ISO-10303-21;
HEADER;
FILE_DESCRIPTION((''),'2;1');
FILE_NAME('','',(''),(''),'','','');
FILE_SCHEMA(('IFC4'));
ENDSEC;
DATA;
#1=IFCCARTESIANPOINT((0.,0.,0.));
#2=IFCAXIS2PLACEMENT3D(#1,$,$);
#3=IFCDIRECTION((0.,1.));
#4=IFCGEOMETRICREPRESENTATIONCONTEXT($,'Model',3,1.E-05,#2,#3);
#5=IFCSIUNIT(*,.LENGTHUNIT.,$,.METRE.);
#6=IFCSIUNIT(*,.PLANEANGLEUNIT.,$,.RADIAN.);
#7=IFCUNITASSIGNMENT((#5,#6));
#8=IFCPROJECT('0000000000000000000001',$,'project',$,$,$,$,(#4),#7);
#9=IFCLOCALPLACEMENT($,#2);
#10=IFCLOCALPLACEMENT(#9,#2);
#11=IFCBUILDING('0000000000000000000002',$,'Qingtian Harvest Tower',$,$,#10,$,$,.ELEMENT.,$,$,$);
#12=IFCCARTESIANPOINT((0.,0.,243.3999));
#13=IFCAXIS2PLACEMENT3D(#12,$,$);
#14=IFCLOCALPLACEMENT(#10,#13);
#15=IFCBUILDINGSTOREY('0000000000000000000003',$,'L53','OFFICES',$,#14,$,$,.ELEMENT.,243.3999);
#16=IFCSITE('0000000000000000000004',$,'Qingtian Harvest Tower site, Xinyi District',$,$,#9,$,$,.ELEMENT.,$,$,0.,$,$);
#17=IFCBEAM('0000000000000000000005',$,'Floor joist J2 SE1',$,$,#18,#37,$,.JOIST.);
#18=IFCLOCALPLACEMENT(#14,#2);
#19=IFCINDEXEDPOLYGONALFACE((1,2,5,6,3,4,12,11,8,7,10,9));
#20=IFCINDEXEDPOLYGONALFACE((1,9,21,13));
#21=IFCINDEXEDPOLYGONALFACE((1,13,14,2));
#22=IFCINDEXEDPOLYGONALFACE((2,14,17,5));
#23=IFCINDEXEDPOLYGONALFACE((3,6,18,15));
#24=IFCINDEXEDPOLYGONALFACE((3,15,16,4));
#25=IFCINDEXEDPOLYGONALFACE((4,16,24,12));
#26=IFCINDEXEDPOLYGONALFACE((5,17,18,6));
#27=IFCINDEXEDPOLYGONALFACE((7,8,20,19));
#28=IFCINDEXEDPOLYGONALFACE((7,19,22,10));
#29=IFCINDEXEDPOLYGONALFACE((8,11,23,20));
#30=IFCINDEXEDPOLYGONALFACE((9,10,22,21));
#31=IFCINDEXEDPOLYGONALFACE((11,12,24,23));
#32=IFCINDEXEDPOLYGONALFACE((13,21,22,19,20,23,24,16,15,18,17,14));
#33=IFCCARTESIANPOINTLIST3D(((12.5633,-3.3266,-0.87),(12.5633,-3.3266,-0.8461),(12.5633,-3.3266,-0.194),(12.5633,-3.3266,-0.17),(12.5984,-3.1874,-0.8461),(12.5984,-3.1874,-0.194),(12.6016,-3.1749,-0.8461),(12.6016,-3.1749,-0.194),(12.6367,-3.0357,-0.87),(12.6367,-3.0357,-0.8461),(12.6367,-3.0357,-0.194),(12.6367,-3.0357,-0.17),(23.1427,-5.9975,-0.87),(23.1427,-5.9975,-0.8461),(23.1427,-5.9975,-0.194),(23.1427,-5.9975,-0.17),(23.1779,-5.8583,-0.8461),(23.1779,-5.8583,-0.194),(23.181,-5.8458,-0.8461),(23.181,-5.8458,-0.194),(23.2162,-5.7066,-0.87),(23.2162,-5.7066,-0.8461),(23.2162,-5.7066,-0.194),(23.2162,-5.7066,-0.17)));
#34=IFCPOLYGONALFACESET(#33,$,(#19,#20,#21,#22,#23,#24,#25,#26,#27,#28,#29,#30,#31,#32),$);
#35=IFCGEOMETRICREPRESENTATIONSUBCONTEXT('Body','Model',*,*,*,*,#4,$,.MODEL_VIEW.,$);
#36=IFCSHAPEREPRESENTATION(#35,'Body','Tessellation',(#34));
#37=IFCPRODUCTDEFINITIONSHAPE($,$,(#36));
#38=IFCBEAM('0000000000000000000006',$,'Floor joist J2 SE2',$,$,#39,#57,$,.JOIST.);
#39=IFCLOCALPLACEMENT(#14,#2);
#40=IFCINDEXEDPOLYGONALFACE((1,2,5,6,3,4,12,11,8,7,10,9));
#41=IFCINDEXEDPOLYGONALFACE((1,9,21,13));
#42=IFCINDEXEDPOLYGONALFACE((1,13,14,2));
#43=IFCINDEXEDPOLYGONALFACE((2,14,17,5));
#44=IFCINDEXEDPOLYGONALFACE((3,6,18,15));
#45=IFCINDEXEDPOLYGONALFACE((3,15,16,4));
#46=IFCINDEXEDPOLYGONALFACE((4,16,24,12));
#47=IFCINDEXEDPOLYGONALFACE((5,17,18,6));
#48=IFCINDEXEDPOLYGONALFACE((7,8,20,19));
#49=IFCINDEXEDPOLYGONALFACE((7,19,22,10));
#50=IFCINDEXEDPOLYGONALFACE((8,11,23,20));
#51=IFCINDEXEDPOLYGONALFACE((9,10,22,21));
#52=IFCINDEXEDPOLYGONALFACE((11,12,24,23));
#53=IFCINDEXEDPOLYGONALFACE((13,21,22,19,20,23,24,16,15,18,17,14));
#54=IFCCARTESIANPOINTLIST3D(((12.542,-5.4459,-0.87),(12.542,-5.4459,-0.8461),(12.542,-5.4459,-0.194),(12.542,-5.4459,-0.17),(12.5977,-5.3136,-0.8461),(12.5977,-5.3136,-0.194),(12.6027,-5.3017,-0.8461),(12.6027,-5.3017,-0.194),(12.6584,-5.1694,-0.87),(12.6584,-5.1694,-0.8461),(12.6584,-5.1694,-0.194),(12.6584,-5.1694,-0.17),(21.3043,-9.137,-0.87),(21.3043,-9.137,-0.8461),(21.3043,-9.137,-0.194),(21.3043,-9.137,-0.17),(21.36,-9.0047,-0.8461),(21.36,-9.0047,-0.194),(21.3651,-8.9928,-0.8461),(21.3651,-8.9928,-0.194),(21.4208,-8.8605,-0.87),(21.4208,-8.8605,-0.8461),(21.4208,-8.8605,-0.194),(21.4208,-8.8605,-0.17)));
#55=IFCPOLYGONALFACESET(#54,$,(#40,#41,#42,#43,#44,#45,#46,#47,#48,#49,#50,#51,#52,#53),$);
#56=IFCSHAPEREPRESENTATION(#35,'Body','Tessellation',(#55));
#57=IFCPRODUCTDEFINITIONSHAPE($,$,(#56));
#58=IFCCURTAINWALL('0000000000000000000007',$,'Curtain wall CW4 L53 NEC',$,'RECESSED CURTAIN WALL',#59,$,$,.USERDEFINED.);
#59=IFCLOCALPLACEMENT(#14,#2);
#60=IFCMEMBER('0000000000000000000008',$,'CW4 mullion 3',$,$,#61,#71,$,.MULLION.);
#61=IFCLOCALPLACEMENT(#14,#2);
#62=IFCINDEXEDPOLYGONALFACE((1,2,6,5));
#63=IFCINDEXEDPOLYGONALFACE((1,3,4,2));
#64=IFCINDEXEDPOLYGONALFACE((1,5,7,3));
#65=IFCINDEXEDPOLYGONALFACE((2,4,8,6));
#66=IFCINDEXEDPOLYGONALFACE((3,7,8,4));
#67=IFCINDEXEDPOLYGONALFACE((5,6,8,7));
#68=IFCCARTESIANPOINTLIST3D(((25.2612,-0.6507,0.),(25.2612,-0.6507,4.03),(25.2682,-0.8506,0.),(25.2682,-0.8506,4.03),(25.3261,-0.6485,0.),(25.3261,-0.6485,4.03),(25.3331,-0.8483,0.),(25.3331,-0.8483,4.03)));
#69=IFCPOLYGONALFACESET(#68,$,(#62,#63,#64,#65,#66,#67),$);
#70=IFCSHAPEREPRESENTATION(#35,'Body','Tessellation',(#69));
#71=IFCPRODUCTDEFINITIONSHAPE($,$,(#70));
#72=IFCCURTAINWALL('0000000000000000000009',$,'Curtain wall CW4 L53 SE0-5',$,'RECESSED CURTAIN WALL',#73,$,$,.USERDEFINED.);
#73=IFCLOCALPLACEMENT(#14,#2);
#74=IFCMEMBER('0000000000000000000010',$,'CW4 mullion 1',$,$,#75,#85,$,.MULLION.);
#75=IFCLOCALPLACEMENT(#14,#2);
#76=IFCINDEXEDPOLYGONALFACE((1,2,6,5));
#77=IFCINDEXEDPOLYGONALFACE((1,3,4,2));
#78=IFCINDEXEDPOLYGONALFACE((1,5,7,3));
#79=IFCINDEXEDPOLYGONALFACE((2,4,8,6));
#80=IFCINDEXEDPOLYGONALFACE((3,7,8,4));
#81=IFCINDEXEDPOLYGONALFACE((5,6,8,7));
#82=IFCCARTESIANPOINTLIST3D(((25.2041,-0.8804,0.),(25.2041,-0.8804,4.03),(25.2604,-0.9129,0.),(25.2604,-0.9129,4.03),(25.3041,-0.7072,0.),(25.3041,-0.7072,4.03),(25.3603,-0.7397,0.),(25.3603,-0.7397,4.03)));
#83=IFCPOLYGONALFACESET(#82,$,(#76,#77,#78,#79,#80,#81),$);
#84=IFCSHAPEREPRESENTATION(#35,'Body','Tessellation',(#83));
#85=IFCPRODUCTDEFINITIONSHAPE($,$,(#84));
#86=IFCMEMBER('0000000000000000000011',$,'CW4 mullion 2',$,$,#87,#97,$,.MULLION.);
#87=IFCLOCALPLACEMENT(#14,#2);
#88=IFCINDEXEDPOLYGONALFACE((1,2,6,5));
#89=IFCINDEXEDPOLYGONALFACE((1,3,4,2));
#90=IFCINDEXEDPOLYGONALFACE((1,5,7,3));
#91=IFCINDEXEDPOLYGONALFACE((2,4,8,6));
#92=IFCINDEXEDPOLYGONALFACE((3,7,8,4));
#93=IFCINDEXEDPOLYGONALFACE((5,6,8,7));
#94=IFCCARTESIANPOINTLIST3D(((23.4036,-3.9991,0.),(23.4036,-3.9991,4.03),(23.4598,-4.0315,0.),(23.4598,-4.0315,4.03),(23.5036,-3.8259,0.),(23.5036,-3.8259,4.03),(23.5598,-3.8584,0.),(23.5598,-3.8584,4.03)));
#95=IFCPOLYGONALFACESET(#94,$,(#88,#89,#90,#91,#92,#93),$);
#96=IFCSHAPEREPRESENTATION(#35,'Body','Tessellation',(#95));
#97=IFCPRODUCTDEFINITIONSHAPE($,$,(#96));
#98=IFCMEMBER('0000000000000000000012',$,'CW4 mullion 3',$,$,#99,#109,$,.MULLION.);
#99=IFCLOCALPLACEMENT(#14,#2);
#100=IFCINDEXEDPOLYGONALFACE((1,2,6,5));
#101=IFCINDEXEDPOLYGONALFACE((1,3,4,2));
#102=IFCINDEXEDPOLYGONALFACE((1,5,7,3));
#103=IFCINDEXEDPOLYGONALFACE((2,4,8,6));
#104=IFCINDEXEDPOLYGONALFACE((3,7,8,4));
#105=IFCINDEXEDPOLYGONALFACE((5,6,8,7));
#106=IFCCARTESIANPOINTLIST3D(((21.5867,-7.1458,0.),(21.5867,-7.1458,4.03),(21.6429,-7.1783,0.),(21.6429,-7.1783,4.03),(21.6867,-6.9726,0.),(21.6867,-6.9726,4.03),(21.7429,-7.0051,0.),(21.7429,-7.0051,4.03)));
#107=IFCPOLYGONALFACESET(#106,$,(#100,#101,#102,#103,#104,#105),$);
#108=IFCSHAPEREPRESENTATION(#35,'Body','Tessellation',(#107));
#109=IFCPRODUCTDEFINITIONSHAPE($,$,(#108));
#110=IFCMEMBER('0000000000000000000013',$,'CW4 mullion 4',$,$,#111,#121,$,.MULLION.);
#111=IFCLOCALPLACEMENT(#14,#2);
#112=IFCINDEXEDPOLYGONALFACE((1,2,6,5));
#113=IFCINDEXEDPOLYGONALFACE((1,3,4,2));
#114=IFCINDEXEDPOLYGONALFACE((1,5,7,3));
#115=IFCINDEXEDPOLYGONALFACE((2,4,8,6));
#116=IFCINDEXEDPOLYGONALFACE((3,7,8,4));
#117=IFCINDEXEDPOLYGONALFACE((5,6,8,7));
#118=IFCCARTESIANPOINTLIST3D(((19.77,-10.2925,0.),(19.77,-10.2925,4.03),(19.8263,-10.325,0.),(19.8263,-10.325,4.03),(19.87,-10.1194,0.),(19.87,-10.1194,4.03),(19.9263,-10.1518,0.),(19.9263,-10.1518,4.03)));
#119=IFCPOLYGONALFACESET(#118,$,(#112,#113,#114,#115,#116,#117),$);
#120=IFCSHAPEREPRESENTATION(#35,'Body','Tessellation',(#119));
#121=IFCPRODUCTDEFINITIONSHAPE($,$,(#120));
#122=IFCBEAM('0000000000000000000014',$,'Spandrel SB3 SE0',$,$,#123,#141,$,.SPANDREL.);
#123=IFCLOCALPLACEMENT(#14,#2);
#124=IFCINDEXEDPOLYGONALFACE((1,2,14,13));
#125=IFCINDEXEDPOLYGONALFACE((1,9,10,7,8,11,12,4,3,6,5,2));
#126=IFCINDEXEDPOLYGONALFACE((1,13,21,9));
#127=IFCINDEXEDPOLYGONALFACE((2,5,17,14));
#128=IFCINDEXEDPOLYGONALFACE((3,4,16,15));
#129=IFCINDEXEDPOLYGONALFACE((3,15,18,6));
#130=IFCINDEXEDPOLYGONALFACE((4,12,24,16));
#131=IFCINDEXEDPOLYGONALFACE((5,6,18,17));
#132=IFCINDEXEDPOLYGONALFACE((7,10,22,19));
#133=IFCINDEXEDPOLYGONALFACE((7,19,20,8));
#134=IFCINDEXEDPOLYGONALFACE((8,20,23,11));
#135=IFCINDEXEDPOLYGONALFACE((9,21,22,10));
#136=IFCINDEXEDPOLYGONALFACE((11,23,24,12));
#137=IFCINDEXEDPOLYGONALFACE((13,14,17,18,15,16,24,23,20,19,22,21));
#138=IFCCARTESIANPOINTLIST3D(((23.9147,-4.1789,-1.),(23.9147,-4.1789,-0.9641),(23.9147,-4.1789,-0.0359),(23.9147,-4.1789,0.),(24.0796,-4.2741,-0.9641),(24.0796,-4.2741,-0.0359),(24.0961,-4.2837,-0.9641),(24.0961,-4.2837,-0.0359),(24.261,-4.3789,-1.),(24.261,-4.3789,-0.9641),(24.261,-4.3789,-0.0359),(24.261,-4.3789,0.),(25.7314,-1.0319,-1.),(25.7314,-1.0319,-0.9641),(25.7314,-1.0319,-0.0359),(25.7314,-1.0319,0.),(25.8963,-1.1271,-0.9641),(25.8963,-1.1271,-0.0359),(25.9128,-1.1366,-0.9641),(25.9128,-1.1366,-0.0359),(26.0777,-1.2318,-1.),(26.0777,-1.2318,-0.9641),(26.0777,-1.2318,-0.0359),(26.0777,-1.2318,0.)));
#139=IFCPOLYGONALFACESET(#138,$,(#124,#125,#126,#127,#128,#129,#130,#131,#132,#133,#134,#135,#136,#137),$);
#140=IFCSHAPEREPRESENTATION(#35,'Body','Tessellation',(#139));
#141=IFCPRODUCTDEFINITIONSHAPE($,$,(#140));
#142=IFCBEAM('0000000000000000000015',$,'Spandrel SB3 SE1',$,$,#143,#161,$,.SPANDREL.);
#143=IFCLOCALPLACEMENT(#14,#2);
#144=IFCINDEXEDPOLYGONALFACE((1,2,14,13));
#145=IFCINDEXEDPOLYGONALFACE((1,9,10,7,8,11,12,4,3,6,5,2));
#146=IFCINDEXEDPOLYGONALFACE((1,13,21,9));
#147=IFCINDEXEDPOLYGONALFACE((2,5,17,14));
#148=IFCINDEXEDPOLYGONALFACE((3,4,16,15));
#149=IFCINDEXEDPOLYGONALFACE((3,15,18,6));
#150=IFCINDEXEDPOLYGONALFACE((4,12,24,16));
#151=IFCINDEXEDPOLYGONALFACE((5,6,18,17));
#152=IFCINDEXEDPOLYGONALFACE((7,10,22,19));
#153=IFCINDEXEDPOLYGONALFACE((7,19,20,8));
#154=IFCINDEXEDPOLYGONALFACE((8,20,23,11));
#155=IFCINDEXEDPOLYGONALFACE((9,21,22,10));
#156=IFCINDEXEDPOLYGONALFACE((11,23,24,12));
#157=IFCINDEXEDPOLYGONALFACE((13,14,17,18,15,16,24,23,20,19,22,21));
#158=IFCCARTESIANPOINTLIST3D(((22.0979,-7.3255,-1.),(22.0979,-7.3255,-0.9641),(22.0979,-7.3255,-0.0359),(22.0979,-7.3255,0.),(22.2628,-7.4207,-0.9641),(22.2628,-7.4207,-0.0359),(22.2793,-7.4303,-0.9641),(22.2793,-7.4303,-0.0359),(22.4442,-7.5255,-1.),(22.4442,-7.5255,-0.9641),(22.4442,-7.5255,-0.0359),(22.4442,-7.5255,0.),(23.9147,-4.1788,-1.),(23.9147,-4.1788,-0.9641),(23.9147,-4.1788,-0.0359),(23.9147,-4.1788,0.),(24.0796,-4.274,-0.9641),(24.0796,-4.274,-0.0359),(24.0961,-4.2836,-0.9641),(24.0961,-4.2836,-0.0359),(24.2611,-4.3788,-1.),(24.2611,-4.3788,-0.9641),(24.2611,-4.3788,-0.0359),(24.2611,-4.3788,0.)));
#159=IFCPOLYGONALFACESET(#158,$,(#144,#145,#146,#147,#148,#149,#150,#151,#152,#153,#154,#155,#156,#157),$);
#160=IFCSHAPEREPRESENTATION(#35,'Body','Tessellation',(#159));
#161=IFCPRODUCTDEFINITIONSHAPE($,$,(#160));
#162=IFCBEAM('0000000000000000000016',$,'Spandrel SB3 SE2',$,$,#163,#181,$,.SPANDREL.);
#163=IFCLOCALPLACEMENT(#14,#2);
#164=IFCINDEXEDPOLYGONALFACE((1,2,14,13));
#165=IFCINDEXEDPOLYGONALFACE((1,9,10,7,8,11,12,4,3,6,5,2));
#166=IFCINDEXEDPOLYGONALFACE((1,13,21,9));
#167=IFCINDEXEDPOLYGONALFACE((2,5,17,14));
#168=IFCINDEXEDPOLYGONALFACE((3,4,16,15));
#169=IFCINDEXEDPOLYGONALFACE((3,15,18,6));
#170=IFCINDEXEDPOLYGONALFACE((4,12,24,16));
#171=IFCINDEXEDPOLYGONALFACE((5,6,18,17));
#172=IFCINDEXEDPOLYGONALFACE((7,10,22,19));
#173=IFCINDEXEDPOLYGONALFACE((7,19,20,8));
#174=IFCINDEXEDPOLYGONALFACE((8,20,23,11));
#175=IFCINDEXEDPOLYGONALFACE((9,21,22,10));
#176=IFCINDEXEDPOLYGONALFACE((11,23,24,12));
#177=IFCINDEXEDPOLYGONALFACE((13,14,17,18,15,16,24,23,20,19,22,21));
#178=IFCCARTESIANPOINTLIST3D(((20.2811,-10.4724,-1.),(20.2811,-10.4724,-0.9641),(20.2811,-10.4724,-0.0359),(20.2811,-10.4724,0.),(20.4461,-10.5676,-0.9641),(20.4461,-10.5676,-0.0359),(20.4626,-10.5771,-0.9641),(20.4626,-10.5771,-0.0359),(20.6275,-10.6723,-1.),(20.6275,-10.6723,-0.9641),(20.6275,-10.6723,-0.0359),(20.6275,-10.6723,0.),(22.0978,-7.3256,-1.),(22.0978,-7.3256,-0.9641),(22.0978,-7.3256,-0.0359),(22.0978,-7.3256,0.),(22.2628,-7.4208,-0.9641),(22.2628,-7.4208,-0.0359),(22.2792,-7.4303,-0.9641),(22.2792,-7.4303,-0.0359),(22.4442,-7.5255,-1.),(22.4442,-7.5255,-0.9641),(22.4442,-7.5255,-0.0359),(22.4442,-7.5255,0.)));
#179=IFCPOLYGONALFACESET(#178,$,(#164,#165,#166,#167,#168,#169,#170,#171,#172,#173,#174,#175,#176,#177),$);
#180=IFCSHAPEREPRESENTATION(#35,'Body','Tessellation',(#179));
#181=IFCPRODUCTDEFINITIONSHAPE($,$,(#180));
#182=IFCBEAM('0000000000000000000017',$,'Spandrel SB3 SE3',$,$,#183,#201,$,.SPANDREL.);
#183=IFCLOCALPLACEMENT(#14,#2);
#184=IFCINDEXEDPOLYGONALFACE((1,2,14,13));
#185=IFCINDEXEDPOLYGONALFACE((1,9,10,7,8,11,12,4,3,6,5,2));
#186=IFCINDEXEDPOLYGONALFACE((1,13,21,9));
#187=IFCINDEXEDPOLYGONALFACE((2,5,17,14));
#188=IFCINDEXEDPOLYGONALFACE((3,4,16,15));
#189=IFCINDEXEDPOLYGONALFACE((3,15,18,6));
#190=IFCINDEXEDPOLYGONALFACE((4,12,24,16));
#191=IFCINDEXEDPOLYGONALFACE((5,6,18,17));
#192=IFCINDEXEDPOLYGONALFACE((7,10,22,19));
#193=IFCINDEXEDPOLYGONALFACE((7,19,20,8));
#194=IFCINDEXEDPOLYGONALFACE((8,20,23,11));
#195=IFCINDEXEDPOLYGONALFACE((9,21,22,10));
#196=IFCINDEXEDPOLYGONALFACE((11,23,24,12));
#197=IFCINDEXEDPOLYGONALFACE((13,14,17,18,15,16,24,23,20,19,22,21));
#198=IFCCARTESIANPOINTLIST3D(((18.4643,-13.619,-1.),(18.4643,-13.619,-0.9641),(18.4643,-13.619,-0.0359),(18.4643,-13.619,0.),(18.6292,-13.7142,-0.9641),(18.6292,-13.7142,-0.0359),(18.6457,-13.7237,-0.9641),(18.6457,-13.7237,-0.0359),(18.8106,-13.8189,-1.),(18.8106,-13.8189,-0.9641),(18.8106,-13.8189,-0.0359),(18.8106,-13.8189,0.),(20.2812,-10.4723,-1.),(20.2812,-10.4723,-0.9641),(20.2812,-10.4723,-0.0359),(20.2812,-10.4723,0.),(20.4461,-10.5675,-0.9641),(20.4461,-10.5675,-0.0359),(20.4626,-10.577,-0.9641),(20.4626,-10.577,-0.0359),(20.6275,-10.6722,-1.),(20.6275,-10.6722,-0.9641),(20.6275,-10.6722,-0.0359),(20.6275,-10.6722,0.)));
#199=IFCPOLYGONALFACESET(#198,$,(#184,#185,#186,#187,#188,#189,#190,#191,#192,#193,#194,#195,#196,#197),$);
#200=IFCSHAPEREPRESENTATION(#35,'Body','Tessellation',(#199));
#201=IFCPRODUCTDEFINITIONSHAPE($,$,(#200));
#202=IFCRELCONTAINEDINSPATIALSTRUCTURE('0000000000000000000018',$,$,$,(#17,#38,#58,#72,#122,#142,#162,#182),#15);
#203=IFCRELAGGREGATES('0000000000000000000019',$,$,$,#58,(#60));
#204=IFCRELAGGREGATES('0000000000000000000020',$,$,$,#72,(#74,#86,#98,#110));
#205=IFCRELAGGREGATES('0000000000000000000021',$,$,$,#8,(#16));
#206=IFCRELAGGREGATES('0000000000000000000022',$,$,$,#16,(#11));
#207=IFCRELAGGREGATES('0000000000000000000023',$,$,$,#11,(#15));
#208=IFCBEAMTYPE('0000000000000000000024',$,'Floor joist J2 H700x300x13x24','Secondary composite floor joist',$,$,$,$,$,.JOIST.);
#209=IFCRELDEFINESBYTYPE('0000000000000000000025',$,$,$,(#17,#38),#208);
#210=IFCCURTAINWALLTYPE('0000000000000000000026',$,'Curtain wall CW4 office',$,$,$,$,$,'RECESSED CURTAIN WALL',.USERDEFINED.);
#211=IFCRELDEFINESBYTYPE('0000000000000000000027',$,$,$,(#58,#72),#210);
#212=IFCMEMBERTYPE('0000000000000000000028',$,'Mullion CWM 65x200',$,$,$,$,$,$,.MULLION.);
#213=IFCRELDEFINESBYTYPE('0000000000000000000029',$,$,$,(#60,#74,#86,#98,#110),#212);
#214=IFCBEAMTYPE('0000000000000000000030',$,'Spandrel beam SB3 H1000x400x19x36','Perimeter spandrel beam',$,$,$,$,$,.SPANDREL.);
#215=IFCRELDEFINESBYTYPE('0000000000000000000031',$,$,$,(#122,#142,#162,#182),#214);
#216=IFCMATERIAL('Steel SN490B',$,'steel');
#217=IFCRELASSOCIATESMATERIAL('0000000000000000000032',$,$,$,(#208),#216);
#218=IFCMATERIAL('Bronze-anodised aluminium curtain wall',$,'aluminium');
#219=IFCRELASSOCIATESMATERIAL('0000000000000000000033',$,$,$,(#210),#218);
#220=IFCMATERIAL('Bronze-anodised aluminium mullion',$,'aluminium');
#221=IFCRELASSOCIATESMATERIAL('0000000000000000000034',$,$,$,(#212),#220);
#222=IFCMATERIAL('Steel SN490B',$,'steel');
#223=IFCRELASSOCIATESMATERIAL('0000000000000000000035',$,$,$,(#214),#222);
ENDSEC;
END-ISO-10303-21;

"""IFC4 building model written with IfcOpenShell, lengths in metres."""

from ifc_helpers import new_model, si_unit, direction, frame, origin, origin_2d, place, context, subcontext, project, spatial, rectangle, i_section, extrude, material, material_profile, profile_set, type_object, element, aggregate, save


model = new_model("IFC4")

# Units and contexts
model_context = context("Model", 3, precision=1e-05, world=origin(), true_north=direction((0.0, 1.0)))
body_context = subcontext(model_context, "Body", "Model", "MODEL_VIEW")
ifc_project = project(units=[si_unit("LENGTHUNIT", "METRE"), si_unit("PLANEANGLEUNIT", "RADIAN")], contexts=[model_context])

# Site, building, storey
site_placement = place(None, origin())
site = spatial("IfcSite", under=ifc_project, at=site_placement, Name="Qingtian Harvest Tower site, Xinyi District", CompositionType="ELEMENT", RefElevation=0.0)
building_placement = place(site_placement, origin())
building = spatial("IfcBuilding", under=site, at=building_placement, Name="Qingtian Harvest Tower", CompositionType="ELEMENT")
storey_placement = place(building_placement, frame((0.0, 0.0, 243.3999)))
storey = spatial("IfcBuildingStorey", under=building, at=storey_placement, Name="L53", Description="OFFICES", CompositionType="ELEMENT", Elevation=243.3999)

# Beams
ifc_material_1 = material(Name="Steel SN490B", Category="steel")
ifc_material_profile_1 = material_profile(ifc_material_1, i_section(OverallWidth=0.3, OverallDepth=0.7, WebThickness=0.0129, FlangeThickness=0.0239, at=origin_2d()), Name="H700x300x13x24")
ifc_profile_set_1 = profile_set([ifc_material_profile_1], Name="Steel SN490B")
beam_type_1 = type_object("IfcBeamType", Name="Floor joist J2 H700x300x13x24", Description="Secondary composite floor joist", PredefinedType="JOIST", material=ifc_profile_set_1)
beam_1_placement = place(storey_placement, frame((23.1794, -5.8521, -0.52), z_axis=(-0.969578, 0.244783, 0.0), x_axis=(-0.244783, -0.969578, 0.0)))
element("IfcBeam", 1, at=beam_1_placement, inside=storey, type_object=beam_type_1, Name="Floor joist J2 SE1", PredefinedType="JOIST", context=body_context, shape_type="SweptSolid", body=[
    extrude(i_section(OverallWidth=0.3, OverallDepth=0.7, WebThickness=0.0129, FlangeThickness=0.0239, at=origin_2d()), origin(), (0.0, 0.0, 1.0), 10.9114),
])
beam_2_placement = place(storey_placement, frame((21.3625, -8.9988, -0.52), z_axis=(-0.921571, 0.38821, 0.0), x_axis=(-0.38821, -0.921571, 0.0)))
element("IfcBeam", 2, at=beam_2_placement, inside=storey, type_object=beam_type_1, Name="Floor joist J2 SE2", PredefinedType="JOIST", context=body_context, shape_type="SweptSolid", body=[
    extrude(i_section(OverallWidth=0.3, OverallDepth=0.7, WebThickness=0.0129, FlangeThickness=0.0239, at=origin_2d()), origin(), (0.0, 0.0, 1.0), 9.5081),
])

# Curtain wall, member
ifc_material_2 = material(Name="Bronze-anodised aluminium curtain wall", Category="aluminium")
curtain_wall_type = type_object("IfcCurtainWallType", Name="Curtain wall CW4 office", ElementType="RECESSED CURTAIN WALL", PredefinedType="USERDEFINED", material=ifc_material_2)
curtain_wall_1_placement = place(storey_placement, origin())
curtain_wall_1 = element("IfcCurtainWall", 3, at=curtain_wall_1_placement, inside=storey, type_object=curtain_wall_type, Name="Curtain wall CW4 L53 NEC", ObjectType="RECESSED CURTAIN WALL", PredefinedType="USERDEFINED")
ifc_material_3 = material(Name="Bronze-anodised aluminium mullion", Category="aluminium")
ifc_material_profile_2 = material_profile(ifc_material_3, rectangle(XDim=0.0649, YDim=0.2, at=origin_2d()), Name="AL 65x200")
ifc_profile_set_2 = profile_set([ifc_material_profile_2], Name="Bronze-anodised aluminium mullion")
member_type_1 = type_object("IfcMemberType", Name="Mullion CWM 65x200", PredefinedType="MULLION", material=ifc_profile_set_2)
member_1_placement = place(storey_placement, frame((25.2971, -0.7495, 0.0), z_axis=(0.0, 0.0, 1.0), x_axis=(0.999391, 0.034899, 0.0)))
member_1 = element("IfcMember", 4, at=member_1_placement, type_object=member_type_1, Name="CW4 mullion 3", PredefinedType="MULLION", context=body_context, shape_type="SweptSolid", body=[
    extrude(rectangle(XDim=0.0649, YDim=0.2, at=origin_2d()), origin(), (0.0, 0.0, 1.0), 4.03),
])
aggregate(curtain_wall_1, [member_1])

# Curtain wall, members
curtain_wall_2_placement = place(storey_placement, origin())
curtain_wall_2 = element("IfcCurtainWall", 5, at=curtain_wall_2_placement, inside=storey, type_object=curtain_wall_type, Name="Curtain wall CW4 L53 SE0-5", ObjectType="RECESSED CURTAIN WALL", PredefinedType="USERDEFINED")
member_2_placement = place(storey_placement, frame((25.2822, -0.8101, 0.0), z_axis=(0.0, 0.0, 1.0), x_axis=(0.866025, -0.5, 0.0)))
member_2 = element("IfcMember", 6, at=member_2_placement, type_object=member_type_1, Name="CW4 mullion 1", PredefinedType="MULLION", context=body_context, shape_type="SweptSolid", body=[
    extrude(rectangle(XDim=0.0649, YDim=0.2, at=origin_2d()), origin(), (0.0, 0.0, 1.0), 4.03),
])
member_3_placement = place(storey_placement, frame((23.4817, -3.9287, 0.0), z_axis=(0.0, 0.0, 1.0), x_axis=(0.866025, -0.5, 0.0)))
member_3 = element("IfcMember", 7, at=member_3_placement, type_object=member_type_1, Name="CW4 mullion 2", PredefinedType="MULLION", context=body_context, shape_type="SweptSolid", body=[
    extrude(rectangle(XDim=0.0649, YDim=0.2, at=origin_2d()), origin(), (0.0, 0.0, 1.0), 4.03),
])
member_4_placement = place(storey_placement, frame((21.6648, -7.0754, 0.0), z_axis=(0.0, 0.0, 1.0), x_axis=(0.866025, -0.5, 0.0)))
member_4 = element("IfcMember", 8, at=member_4_placement, type_object=member_type_1, Name="CW4 mullion 3", PredefinedType="MULLION", context=body_context, shape_type="SweptSolid", body=[
    extrude(rectangle(XDim=0.0649, YDim=0.2, at=origin_2d()), origin(), (0.0, 0.0, 1.0), 4.03),
])
member_5_placement = place(storey_placement, frame((19.8481, -10.2222, 0.0), z_axis=(0.0, 0.0, 1.0), x_axis=(0.866025, -0.5, 0.0)))
member_5 = element("IfcMember", 9, at=member_5_placement, type_object=member_type_1, Name="CW4 mullion 4", PredefinedType="MULLION", context=body_context, shape_type="SweptSolid", body=[
    extrude(rectangle(XDim=0.0649, YDim=0.2, at=origin_2d()), origin(), (0.0, 0.0, 1.0), 4.03),
])

# Beams
ifc_material_4 = material(Name="Steel SN490B", Category="steel")
ifc_material_profile_3 = material_profile(ifc_material_4, i_section(OverallWidth=0.3999, OverallDepth=1.0, WebThickness=0.019, FlangeThickness=0.0359, at=origin_2d()), Name="H1000x400x19x36")
ifc_profile_set_3 = profile_set([ifc_material_profile_3], Name="Steel SN490B")
beam_type_2 = type_object("IfcBeamType", Name="Spandrel beam SB3 H1000x400x19x36", Description="Perimeter spandrel beam", PredefinedType="SPANDREL", material=ifc_profile_set_3)
beam_3_placement = place(storey_placement, frame((25.9045, -1.1318, -0.5), z_axis=(-0.499947, -0.866056, 0.0), x_axis=(0.866056, -0.499947, 0.0)))
element("IfcBeam", 10, at=beam_3_placement, inside=storey, type_object=beam_type_2, Name="Spandrel SB3 SE0", PredefinedType="SPANDREL", context=body_context, shape_type="SweptSolid", body=[
    extrude(i_section(OverallWidth=0.3999, OverallDepth=1.0, WebThickness=0.019, FlangeThickness=0.0359, at=origin_2d()), origin(), (0.0, 0.0, 1.0), 3.6338),
])
for number, where, z_axis, x_axis, name in (
    (11, (24.0879, -4.2788, -0.5), (-0.500027, -0.86601, 0.0), (0.86601, -0.500027, 0.0), "Spandrel SB3 SE1"),
    (12, (22.271, -7.4255, -0.5), (-0.499976, -0.866039, 0.0), (0.866039, -0.499976, 0.0), "Spandrel SB3 SE2"),
    (13, (20.4543, -10.5723, -0.5), (-0.500027, -0.86601, 0.0), (0.86601, -0.500027, 0.0), "Spandrel SB3 SE3"),
):
    element("IfcBeam", number, at=place(storey_placement, frame(where, z_axis=z_axis, x_axis=x_axis)), inside=storey, type_object=beam_type_2, Name=name, PredefinedType="SPANDREL", context=body_context, shape_type="SweptSolid", body=[
        extrude(i_section(OverallWidth=0.3999, OverallDepth=1.0, WebThickness=0.019, FlangeThickness=0.0359, at=origin_2d()), origin(), (0.0, 0.0, 1.0), 3.6335),
    ])

aggregate(curtain_wall_2, [member_2, member_3, member_4, member_5])

save(model, "model.ifc")
